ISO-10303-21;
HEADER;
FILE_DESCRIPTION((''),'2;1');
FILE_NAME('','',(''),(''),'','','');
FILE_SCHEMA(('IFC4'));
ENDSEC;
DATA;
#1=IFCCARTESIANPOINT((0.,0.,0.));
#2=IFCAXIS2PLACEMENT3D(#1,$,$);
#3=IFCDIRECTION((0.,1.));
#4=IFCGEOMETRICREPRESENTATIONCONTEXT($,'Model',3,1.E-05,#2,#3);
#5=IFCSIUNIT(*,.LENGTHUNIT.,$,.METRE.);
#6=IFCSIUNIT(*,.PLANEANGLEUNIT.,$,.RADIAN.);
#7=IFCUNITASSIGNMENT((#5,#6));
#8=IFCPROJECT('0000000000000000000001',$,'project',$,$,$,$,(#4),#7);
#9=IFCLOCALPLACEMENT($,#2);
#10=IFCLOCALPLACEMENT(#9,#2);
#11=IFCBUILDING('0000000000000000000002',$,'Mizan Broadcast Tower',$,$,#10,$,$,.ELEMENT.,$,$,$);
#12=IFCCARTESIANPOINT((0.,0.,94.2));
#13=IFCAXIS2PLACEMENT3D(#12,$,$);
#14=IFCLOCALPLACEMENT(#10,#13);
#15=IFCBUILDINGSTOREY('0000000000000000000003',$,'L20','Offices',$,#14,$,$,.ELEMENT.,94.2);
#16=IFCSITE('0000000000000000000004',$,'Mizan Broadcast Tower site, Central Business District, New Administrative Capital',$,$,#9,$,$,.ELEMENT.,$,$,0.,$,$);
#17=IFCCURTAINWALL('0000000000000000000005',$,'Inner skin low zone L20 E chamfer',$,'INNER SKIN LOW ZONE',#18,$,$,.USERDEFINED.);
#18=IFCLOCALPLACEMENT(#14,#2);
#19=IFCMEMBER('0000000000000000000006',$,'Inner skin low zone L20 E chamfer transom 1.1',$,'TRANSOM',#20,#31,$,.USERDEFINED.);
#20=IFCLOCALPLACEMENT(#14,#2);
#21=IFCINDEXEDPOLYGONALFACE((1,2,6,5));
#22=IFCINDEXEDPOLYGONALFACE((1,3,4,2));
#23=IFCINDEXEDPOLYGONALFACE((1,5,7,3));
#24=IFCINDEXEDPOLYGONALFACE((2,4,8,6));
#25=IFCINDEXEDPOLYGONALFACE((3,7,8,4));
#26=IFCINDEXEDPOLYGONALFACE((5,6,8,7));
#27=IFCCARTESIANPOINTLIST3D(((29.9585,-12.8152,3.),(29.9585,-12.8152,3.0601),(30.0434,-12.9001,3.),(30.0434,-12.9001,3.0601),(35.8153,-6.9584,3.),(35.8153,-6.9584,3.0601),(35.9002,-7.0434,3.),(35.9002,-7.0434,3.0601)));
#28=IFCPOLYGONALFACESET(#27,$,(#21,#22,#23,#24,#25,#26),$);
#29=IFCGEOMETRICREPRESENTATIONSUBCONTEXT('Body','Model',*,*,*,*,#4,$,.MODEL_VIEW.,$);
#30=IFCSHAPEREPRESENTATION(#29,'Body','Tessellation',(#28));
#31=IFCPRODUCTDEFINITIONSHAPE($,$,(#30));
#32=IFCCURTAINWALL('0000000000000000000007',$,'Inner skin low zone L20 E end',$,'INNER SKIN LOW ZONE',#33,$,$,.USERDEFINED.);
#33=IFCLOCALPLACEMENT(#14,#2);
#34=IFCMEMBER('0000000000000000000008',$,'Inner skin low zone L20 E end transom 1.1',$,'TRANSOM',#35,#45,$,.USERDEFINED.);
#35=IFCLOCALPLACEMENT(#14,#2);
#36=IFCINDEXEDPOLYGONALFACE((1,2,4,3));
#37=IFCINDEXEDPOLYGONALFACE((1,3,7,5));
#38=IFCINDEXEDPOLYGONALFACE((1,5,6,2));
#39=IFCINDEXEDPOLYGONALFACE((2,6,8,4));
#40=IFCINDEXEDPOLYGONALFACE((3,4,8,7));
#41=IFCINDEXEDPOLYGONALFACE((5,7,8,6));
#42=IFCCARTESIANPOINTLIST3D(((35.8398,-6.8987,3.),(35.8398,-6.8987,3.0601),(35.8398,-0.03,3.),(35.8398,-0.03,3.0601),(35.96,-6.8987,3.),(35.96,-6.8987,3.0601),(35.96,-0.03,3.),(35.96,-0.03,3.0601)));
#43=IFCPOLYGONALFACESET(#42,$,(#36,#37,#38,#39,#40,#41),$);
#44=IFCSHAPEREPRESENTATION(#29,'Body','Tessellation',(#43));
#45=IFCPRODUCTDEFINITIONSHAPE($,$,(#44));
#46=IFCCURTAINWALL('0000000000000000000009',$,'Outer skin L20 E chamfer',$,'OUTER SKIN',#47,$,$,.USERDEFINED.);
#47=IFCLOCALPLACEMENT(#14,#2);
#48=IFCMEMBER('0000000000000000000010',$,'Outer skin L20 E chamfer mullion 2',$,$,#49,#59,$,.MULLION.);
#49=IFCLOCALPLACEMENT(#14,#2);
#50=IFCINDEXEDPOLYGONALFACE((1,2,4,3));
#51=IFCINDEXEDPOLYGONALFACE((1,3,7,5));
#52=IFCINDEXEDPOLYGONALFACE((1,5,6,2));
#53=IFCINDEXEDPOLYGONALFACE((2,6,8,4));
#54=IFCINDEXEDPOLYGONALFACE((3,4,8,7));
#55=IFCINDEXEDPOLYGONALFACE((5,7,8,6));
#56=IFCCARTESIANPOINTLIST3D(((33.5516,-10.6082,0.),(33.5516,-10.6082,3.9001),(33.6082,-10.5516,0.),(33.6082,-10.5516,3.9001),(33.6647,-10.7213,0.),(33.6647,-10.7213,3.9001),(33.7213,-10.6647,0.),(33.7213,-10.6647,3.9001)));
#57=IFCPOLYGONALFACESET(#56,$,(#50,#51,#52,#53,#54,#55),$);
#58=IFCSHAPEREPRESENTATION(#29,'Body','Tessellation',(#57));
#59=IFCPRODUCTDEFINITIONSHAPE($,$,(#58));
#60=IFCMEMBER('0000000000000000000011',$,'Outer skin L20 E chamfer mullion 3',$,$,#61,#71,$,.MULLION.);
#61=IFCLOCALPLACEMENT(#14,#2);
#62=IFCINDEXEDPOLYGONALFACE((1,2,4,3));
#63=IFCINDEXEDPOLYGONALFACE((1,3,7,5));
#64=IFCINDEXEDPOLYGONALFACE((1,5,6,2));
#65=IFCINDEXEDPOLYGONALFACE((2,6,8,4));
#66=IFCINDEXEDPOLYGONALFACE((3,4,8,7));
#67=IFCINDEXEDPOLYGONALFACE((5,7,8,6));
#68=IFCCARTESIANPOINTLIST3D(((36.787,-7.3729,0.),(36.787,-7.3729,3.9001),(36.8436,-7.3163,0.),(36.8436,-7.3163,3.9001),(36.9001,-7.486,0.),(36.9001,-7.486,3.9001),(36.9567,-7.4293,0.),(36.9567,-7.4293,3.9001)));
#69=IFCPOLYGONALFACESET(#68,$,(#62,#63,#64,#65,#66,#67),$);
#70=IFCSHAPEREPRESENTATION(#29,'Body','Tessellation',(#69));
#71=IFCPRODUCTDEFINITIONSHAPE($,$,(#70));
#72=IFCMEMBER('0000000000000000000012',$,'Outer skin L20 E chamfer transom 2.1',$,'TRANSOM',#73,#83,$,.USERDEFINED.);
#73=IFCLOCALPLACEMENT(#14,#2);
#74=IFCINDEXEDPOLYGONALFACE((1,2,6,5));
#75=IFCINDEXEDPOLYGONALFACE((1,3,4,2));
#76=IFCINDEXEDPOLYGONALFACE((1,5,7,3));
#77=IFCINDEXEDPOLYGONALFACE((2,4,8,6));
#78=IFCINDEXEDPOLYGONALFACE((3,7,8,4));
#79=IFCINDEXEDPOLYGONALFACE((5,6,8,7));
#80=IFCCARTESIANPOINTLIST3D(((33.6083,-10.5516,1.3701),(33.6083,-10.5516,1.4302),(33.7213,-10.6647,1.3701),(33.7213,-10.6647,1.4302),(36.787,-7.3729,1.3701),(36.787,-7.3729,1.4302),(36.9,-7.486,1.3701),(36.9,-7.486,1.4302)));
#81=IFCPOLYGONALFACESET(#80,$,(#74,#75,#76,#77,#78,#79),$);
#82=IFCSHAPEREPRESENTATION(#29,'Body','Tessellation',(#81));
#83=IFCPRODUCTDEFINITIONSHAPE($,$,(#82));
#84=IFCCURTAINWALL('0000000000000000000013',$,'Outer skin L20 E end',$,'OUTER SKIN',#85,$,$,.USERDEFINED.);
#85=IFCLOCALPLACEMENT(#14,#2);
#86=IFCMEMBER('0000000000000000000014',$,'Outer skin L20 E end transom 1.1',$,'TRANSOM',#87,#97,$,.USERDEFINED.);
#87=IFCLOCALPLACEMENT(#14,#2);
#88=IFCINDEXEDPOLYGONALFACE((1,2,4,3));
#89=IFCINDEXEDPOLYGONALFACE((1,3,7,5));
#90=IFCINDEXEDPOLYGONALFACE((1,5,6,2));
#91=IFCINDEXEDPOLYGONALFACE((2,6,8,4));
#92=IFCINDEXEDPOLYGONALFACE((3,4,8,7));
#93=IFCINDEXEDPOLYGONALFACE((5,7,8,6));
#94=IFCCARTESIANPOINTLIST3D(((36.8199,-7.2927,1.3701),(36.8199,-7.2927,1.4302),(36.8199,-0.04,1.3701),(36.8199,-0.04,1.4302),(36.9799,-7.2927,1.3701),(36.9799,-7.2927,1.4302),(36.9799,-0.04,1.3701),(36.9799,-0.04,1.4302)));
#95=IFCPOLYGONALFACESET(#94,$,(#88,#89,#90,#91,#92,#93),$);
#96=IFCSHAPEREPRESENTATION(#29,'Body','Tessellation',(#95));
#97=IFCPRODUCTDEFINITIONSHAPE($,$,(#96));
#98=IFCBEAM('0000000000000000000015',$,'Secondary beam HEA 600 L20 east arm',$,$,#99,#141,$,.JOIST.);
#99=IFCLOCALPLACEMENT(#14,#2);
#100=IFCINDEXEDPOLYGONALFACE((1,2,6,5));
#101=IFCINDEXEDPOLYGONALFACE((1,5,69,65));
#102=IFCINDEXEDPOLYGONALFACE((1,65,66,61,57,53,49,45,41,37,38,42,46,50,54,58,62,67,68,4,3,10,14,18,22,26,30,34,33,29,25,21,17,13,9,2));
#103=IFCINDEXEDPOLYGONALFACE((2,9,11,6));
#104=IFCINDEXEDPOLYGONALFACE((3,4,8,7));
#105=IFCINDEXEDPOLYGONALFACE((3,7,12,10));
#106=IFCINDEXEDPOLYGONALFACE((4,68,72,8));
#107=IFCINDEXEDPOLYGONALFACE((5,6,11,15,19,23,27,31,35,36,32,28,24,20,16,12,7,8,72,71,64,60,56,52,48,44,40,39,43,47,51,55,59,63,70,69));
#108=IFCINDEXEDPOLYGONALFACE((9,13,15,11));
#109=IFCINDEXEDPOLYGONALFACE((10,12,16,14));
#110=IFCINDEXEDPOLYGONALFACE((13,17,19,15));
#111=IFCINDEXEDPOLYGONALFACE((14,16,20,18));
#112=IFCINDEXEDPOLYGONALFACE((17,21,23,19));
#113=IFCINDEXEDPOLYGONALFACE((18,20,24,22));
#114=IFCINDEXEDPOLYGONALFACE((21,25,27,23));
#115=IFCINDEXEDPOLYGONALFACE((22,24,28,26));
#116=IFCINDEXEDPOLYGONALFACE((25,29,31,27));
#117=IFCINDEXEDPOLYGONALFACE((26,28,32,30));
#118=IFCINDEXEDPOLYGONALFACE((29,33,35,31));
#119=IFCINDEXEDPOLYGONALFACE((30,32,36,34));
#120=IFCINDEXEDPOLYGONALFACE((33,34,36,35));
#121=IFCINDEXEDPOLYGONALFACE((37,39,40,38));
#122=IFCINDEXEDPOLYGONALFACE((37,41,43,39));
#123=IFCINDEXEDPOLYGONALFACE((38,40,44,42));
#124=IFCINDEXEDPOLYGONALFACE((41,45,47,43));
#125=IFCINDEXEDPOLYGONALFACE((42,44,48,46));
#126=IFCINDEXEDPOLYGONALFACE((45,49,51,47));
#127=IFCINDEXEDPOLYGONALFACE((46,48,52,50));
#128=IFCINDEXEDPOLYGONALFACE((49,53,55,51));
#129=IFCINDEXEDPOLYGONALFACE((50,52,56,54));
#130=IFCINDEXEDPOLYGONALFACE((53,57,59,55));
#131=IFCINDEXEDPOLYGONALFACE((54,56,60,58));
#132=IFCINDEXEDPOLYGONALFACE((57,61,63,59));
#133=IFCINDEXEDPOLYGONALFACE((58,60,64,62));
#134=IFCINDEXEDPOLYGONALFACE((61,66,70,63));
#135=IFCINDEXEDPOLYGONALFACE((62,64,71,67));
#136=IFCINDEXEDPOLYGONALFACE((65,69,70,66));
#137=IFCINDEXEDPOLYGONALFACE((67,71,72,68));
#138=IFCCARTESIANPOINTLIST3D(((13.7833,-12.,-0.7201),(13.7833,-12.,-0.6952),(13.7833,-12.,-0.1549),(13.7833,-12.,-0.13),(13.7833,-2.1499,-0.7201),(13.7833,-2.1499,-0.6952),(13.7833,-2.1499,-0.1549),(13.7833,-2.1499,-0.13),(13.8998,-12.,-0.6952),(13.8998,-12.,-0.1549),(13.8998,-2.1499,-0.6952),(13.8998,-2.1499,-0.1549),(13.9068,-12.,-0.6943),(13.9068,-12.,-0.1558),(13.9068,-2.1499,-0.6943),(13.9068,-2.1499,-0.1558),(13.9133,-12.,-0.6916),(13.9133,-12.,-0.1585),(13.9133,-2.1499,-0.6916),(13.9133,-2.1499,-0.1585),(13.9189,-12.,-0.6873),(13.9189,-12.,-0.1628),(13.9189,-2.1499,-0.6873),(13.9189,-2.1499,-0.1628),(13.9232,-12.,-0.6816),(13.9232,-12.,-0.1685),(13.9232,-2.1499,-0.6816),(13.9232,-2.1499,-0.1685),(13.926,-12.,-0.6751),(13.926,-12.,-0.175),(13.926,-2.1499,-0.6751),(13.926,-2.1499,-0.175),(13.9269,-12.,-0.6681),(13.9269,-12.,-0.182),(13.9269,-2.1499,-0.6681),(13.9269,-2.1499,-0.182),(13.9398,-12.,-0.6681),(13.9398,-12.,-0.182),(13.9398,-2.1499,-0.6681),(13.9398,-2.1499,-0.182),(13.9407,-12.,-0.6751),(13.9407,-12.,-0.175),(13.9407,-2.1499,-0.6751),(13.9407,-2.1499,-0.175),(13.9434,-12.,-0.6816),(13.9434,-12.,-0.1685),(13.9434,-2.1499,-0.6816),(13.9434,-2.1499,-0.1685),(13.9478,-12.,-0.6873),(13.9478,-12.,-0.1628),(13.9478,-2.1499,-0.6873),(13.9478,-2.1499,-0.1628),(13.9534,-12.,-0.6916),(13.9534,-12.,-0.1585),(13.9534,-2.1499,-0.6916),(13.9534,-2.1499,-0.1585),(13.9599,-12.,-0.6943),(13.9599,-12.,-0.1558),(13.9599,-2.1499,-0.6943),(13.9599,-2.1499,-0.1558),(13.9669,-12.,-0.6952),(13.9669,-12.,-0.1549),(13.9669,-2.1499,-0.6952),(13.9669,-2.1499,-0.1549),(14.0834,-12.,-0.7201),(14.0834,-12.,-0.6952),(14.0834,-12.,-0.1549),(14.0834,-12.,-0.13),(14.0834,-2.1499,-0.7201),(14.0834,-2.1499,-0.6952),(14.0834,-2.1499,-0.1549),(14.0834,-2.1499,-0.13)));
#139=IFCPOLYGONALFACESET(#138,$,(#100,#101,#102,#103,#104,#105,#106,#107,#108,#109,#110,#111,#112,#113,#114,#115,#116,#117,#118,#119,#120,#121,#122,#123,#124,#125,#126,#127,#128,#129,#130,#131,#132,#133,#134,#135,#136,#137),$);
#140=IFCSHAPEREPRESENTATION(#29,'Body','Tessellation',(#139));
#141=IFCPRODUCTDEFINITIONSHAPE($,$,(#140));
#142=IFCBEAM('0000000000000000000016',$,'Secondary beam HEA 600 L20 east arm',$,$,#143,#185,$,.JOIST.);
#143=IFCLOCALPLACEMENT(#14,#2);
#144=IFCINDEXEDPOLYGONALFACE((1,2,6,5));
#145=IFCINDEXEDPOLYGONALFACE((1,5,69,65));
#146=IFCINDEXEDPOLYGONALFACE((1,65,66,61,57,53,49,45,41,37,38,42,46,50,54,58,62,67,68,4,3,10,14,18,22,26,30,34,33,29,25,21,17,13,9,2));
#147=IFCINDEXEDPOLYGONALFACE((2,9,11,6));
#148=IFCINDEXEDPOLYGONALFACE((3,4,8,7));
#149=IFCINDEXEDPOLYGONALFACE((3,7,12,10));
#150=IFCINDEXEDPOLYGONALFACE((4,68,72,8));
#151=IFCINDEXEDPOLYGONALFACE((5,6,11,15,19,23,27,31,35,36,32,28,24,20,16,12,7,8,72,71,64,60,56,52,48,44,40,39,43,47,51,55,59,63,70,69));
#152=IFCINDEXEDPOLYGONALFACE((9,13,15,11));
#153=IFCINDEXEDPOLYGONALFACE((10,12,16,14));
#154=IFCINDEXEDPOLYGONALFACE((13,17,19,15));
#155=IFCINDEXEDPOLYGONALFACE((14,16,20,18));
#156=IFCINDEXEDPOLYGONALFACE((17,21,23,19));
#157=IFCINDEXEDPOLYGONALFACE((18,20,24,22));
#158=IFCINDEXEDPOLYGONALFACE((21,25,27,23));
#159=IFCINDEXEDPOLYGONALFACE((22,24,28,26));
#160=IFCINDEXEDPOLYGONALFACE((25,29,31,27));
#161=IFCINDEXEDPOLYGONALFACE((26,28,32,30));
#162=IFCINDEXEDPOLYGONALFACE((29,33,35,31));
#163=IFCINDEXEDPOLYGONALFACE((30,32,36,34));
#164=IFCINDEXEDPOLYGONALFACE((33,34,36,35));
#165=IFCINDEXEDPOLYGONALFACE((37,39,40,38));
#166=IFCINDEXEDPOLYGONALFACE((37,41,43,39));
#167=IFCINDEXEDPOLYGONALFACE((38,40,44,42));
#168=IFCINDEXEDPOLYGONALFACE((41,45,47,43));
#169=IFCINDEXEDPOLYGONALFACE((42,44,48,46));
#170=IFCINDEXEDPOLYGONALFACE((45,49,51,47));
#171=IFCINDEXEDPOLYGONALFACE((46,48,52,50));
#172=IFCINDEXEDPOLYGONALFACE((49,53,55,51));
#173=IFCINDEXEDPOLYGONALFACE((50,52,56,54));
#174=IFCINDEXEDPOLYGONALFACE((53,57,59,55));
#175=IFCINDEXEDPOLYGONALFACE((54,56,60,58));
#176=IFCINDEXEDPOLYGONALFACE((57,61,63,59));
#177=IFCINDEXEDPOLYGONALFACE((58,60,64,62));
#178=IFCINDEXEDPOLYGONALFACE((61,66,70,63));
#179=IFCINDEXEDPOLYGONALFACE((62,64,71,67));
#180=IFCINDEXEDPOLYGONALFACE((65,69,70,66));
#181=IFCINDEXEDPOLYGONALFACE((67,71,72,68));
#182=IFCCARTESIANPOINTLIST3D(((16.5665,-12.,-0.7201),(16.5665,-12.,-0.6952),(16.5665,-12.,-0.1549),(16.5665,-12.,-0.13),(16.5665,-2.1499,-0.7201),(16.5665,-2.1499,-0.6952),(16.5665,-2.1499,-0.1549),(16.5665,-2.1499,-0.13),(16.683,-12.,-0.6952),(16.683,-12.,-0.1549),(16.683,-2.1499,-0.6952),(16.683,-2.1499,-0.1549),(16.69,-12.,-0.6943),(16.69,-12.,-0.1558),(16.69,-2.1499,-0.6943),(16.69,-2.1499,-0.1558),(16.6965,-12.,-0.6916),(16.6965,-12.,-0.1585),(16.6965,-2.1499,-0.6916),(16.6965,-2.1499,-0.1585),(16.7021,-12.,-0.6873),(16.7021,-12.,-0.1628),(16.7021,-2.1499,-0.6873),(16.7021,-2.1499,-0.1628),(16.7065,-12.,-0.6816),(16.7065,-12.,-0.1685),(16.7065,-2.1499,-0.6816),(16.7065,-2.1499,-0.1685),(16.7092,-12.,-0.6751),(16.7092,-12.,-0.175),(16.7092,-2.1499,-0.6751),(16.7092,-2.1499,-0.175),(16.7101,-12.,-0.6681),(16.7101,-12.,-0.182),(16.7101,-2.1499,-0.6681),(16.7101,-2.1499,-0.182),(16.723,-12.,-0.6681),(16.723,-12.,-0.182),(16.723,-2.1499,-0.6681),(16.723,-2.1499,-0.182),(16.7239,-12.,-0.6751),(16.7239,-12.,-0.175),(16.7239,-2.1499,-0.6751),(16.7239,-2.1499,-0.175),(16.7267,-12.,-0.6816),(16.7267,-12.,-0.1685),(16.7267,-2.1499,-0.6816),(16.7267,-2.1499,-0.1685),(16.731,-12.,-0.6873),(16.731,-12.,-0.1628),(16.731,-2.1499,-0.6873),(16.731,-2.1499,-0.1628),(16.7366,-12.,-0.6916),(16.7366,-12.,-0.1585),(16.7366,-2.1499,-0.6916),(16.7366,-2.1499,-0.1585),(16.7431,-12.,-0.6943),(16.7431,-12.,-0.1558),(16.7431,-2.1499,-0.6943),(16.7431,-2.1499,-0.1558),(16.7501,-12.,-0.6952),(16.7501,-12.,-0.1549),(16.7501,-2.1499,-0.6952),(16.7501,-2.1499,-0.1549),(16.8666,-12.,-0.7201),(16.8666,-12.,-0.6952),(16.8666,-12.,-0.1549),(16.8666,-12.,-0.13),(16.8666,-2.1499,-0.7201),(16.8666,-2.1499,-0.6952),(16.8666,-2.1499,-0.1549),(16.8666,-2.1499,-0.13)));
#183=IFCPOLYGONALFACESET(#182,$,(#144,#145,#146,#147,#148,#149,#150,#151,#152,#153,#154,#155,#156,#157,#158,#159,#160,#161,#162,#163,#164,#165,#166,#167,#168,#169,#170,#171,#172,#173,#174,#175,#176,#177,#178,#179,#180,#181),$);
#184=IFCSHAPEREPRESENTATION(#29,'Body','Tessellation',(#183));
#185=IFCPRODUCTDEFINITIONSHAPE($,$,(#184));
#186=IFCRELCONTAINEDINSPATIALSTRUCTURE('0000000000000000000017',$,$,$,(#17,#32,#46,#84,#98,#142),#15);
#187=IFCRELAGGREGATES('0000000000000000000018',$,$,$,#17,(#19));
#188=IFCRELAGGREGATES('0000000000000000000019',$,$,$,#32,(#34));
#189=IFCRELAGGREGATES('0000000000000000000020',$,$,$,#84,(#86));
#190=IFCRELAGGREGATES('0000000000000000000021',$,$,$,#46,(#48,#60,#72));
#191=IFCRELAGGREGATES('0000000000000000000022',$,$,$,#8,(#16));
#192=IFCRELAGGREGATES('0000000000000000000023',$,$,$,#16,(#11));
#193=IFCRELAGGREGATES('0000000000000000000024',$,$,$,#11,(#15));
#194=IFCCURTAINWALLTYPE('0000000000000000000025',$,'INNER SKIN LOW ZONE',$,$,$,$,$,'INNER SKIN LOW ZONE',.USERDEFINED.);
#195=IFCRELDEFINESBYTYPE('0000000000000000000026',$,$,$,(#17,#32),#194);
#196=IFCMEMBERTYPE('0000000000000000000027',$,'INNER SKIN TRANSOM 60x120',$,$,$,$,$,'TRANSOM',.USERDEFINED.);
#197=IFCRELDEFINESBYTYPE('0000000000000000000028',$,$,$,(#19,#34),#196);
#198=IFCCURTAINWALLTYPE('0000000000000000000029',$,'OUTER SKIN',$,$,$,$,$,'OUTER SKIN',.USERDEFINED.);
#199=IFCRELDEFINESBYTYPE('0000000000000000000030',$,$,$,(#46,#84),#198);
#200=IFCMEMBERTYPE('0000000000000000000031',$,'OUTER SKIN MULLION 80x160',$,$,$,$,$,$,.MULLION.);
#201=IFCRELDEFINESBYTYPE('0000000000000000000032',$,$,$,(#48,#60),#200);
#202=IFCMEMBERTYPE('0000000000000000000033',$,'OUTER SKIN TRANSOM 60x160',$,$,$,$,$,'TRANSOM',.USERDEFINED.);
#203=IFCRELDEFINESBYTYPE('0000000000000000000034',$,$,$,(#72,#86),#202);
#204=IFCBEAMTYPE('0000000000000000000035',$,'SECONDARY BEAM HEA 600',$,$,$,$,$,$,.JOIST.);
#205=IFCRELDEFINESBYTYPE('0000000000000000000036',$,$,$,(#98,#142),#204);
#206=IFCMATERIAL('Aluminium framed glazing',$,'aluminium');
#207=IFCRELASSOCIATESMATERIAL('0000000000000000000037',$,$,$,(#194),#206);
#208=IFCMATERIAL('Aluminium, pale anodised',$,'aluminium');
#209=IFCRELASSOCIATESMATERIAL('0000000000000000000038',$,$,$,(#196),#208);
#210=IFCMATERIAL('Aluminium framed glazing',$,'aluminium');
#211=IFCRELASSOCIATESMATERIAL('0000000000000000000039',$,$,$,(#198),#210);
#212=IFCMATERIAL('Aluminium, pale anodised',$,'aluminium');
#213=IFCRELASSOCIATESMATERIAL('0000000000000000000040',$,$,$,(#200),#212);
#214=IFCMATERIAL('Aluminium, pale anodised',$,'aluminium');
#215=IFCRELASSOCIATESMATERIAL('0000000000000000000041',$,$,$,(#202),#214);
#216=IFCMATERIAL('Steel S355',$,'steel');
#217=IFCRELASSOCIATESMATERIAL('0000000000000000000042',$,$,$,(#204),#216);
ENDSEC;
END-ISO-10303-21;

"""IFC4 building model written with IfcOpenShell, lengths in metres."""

from ifc_helpers import new_model, si_unit, direction, frame, origin, origin_2d, place, context, subcontext, project, spatial, rectangle, i_section, extrude, material, material_profile, profile_set, type_object, element, aggregate, save


model = new_model("IFC4")

# Units and contexts
model_context = context("Model", 3, precision=1e-05, world=origin(), true_north=direction((0.0, 1.0)))
body_context = subcontext(model_context, "Body", "Model", "MODEL_VIEW")
ifc_project = project(units=[si_unit("LENGTHUNIT", "METRE"), si_unit("PLANEANGLEUNIT", "RADIAN")], contexts=[model_context])

# Site, building, storey
site_placement = place(None, origin())
site = spatial("IfcSite", under=ifc_project, at=site_placement, Name="Mizan Broadcast Tower site, Central Business District, New Administrative Capital", CompositionType="ELEMENT", RefElevation=0.0)
building_placement = place(site_placement, origin())
building = spatial("IfcBuilding", under=site, at=building_placement, Name="Mizan Broadcast Tower", CompositionType="ELEMENT")
storey_placement = place(building_placement, frame((0.0, 0.0, 94.2)))
storey = spatial("IfcBuildingStorey", under=building, at=storey_placement, Name="L20", Description="Offices", CompositionType="ELEMENT", Elevation=94.2)

# Shared definitions
ifc_material_1 = material(Name="Aluminium framed glazing", Category="aluminium")
curtain_wall_type_1 = type_object("IfcCurtainWallType", Name="INNER SKIN LOW ZONE", ElementType="INNER SKIN LOW ZONE", PredefinedType="USERDEFINED", material=ifc_material_1)

# Curtain wall
curtain_wall_1_placement = place(storey_placement, origin())
curtain_wall_1 = element("IfcCurtainWall", 1, at=curtain_wall_1_placement, inside=storey, type_object=curtain_wall_type_1, Name="Inner skin low zone L20 E chamfer", ObjectType="INNER SKIN LOW ZONE", PredefinedType="USERDEFINED")

# Member
ifc_material_2 = material(Name="Aluminium, pale anodised", Category="aluminium")
ifc_material_profile_1 = material_profile(ifc_material_2, rectangle(XDim=0.1201, YDim=0.0601, at=origin_2d()), Name="TRANSOM 120x60")
ifc_profile_set_1 = profile_set([ifc_material_profile_1], Name="Aluminium, pale anodised")
member_type_1 = type_object("IfcMemberType", Name="INNER SKIN TRANSOM 60x120", ElementType="TRANSOM", PredefinedType="USERDEFINED", material=ifc_profile_set_1)
member_1_placement = place(storey_placement, frame((30.001, -12.8577, 3.03), z_axis=(0.707107, 0.707107, 0.0), x_axis=(-0.707107, 0.707107, 0.0)))
member_1 = element("IfcMember", 2, at=member_1_placement, type_object=member_type_1, Name="Inner skin low zone L20 E chamfer transom 1.1", ObjectType="TRANSOM", PredefinedType="USERDEFINED", context=body_context, shape_type="SweptSolid", body=[
    extrude(rectangle(XDim=0.1201, YDim=0.0601, at=origin_2d()), origin(), (0.0, 0.0, 1.0), 8.2827),
])

# Curtain wall, member
curtain_wall_2_placement = place(storey_placement, origin())
curtain_wall_2 = element("IfcCurtainWall", 3, at=curtain_wall_2_placement, inside=storey, type_object=curtain_wall_type_1, Name="Inner skin low zone L20 E end", ObjectType="INNER SKIN LOW ZONE", PredefinedType="USERDEFINED")
member_2_placement = place(storey_placement, frame((35.8999, -6.8987, 3.03), z_axis=(0.0, 1.0, 0.0), x_axis=(-1.0, 0.0, 0.0)))
member_2 = element("IfcMember", 4, at=member_2_placement, type_object=member_type_1, Name="Inner skin low zone L20 E end transom 1.1", ObjectType="TRANSOM", PredefinedType="USERDEFINED", context=body_context, shape_type="SweptSolid", body=[
    extrude(rectangle(XDim=0.1201, YDim=0.0601, at=origin_2d()), origin(), (0.0, 0.0, 1.0), 6.8687),
])

# Curtain wall, members
ifc_material_3 = material(Name="Aluminium framed glazing", Category="aluminium")
curtain_wall_type_2 = type_object("IfcCurtainWallType", Name="OUTER SKIN", ElementType="OUTER SKIN", PredefinedType="USERDEFINED", material=ifc_material_3)
curtain_wall_3_placement = place(storey_placement, origin())
curtain_wall_3 = element("IfcCurtainWall", 5, at=curtain_wall_3_placement, inside=storey, type_object=curtain_wall_type_2, Name="Outer skin L20 E chamfer", ObjectType="OUTER SKIN", PredefinedType="USERDEFINED")
ifc_material_4 = material(Name="Aluminium, pale anodised", Category="aluminium")
ifc_material_profile_2 = material_profile(ifc_material_4, rectangle(XDim=0.1599, YDim=0.0801, at=origin_2d()), Name="MULLION 160x80")
ifc_profile_set_2 = profile_set([ifc_material_profile_2], Name="Aluminium, pale anodised")
member_type_2 = type_object("IfcMemberType", Name="OUTER SKIN MULLION 80x160", PredefinedType="MULLION", material=ifc_profile_set_2)
member_3_placement = place(storey_placement, frame((33.6365, -10.6365, 0.0), z_axis=(0.0, 0.0, 1.0), x_axis=(-0.707107, 0.707107, 0.0)))
member_3 = element("IfcMember", 6, at=member_3_placement, type_object=member_type_2, Name="Outer skin L20 E chamfer mullion 2", PredefinedType="MULLION", context=body_context, shape_type="SweptSolid", body=[
    extrude(rectangle(XDim=0.1599, YDim=0.0801, at=origin_2d()), origin(), (0.0, 0.0, 1.0), 3.9001),
])
member_4_placement = place(storey_placement, frame((36.8718, -7.4011, 0.0), z_axis=(0.0, 0.0, 1.0), x_axis=(-0.707107, 0.707107, 0.0)))
member_4 = element("IfcMember", 7, at=member_4_placement, type_object=member_type_2, Name="Outer skin L20 E chamfer mullion 3", PredefinedType="MULLION", context=body_context, shape_type="SweptSolid", body=[
    extrude(rectangle(XDim=0.1599, YDim=0.0801, at=origin_2d()), origin(), (0.0, 0.0, 1.0), 3.9001),
])
ifc_material_5 = material(Name="Aluminium, pale anodised", Category="aluminium")
ifc_material_profile_3 = material_profile(ifc_material_5, rectangle(XDim=0.1599, YDim=0.0601, at=origin_2d()), Name="TRANSOM 160x60")
ifc_profile_set_3 = profile_set([ifc_material_profile_3], Name="Aluminium, pale anodised")
member_type_3 = type_object("IfcMemberType", Name="OUTER SKIN TRANSOM 60x160", ElementType="TRANSOM", PredefinedType="USERDEFINED", material=ifc_profile_set_3)
member_5_placement = place(storey_placement, frame((33.6648, -10.6082, 1.4001), z_axis=(0.707107, 0.707107, 0.0), x_axis=(-0.707107, 0.707107, 0.0)))
member_5 = element("IfcMember", 8, at=member_5_placement, type_object=member_type_3, Name="Outer skin L20 E chamfer transom 2.1", ObjectType="TRANSOM", PredefinedType="USERDEFINED", context=body_context, shape_type="SweptSolid", body=[
    extrude(rectangle(XDim=0.1599, YDim=0.0601, at=origin_2d()), origin(), (0.0, 0.0, 1.0), 4.4954),
])

# Curtain wall, member
curtain_wall_4_placement = place(storey_placement, origin())
curtain_wall_4 = element("IfcCurtainWall", 9, at=curtain_wall_4_placement, inside=storey, type_object=curtain_wall_type_2, Name="Outer skin L20 E end", ObjectType="OUTER SKIN", PredefinedType="USERDEFINED")
member_6_placement = place(storey_placement, frame((36.8999, -7.2927, 1.4001), z_axis=(0.0, 1.0, 0.0), x_axis=(-1.0, 0.0, 0.0)))
member_6 = element("IfcMember", 10, at=member_6_placement, type_object=member_type_3, Name="Outer skin L20 E end transom 1.1", ObjectType="TRANSOM", PredefinedType="USERDEFINED", context=body_context, shape_type="SweptSolid", body=[
    extrude(rectangle(XDim=0.1599, YDim=0.0601, at=origin_2d()), origin(), (0.0, 0.0, 1.0), 7.2527),
])

# Beams
ifc_material_6 = material(Name="Steel S355", Category="steel")
ifc_material_profile_4 = material_profile(ifc_material_6, i_section(OverallWidth=0.3, OverallDepth=0.5901, WebThickness=0.0129, FlangeThickness=0.0249, FilletRadius=0.0271, at=origin_2d()), Name="HEA 600")
ifc_profile_set_4 = profile_set([ifc_material_profile_4], Name="Steel S355")
beam_type_1 = type_object("IfcBeamType", Name="SECONDARY BEAM HEA 600", PredefinedType="JOIST", material=ifc_profile_set_4)
for number, where, z_axis, x_axis, name in (
    (11, (13.9333, -12.0, -0.425), (0.0, 1.0, 0.0), (-1.0, 0.0, 0.0), "Secondary beam HEA 600 L20 east arm"),
    (12, (16.7166, -12.0, -0.425), (0.0, 1.0, 0.0), (-1.0, 0.0, 0.0), "Secondary beam HEA 600 L20 east arm"),
):
    element("IfcBeam", number, at=place(storey_placement, frame(where, z_axis=z_axis, x_axis=x_axis)), inside=storey, type_object=beam_type_1, Name=name, PredefinedType="JOIST", context=body_context, shape_type="SweptSolid", body=[
        extrude(i_section(OverallWidth=0.3, OverallDepth=0.5901, WebThickness=0.0129, FlangeThickness=0.0249, FilletRadius=0.0271, at=origin_2d()), origin(), (0.0, 0.0, 1.0), 9.8501),
    ])

aggregate(curtain_wall_1, [member_1])
aggregate(curtain_wall_2, [member_2])
aggregate(curtain_wall_4, [member_6])
aggregate(curtain_wall_3, [member_3, member_4, member_5])

save(model, "model.ifc")
